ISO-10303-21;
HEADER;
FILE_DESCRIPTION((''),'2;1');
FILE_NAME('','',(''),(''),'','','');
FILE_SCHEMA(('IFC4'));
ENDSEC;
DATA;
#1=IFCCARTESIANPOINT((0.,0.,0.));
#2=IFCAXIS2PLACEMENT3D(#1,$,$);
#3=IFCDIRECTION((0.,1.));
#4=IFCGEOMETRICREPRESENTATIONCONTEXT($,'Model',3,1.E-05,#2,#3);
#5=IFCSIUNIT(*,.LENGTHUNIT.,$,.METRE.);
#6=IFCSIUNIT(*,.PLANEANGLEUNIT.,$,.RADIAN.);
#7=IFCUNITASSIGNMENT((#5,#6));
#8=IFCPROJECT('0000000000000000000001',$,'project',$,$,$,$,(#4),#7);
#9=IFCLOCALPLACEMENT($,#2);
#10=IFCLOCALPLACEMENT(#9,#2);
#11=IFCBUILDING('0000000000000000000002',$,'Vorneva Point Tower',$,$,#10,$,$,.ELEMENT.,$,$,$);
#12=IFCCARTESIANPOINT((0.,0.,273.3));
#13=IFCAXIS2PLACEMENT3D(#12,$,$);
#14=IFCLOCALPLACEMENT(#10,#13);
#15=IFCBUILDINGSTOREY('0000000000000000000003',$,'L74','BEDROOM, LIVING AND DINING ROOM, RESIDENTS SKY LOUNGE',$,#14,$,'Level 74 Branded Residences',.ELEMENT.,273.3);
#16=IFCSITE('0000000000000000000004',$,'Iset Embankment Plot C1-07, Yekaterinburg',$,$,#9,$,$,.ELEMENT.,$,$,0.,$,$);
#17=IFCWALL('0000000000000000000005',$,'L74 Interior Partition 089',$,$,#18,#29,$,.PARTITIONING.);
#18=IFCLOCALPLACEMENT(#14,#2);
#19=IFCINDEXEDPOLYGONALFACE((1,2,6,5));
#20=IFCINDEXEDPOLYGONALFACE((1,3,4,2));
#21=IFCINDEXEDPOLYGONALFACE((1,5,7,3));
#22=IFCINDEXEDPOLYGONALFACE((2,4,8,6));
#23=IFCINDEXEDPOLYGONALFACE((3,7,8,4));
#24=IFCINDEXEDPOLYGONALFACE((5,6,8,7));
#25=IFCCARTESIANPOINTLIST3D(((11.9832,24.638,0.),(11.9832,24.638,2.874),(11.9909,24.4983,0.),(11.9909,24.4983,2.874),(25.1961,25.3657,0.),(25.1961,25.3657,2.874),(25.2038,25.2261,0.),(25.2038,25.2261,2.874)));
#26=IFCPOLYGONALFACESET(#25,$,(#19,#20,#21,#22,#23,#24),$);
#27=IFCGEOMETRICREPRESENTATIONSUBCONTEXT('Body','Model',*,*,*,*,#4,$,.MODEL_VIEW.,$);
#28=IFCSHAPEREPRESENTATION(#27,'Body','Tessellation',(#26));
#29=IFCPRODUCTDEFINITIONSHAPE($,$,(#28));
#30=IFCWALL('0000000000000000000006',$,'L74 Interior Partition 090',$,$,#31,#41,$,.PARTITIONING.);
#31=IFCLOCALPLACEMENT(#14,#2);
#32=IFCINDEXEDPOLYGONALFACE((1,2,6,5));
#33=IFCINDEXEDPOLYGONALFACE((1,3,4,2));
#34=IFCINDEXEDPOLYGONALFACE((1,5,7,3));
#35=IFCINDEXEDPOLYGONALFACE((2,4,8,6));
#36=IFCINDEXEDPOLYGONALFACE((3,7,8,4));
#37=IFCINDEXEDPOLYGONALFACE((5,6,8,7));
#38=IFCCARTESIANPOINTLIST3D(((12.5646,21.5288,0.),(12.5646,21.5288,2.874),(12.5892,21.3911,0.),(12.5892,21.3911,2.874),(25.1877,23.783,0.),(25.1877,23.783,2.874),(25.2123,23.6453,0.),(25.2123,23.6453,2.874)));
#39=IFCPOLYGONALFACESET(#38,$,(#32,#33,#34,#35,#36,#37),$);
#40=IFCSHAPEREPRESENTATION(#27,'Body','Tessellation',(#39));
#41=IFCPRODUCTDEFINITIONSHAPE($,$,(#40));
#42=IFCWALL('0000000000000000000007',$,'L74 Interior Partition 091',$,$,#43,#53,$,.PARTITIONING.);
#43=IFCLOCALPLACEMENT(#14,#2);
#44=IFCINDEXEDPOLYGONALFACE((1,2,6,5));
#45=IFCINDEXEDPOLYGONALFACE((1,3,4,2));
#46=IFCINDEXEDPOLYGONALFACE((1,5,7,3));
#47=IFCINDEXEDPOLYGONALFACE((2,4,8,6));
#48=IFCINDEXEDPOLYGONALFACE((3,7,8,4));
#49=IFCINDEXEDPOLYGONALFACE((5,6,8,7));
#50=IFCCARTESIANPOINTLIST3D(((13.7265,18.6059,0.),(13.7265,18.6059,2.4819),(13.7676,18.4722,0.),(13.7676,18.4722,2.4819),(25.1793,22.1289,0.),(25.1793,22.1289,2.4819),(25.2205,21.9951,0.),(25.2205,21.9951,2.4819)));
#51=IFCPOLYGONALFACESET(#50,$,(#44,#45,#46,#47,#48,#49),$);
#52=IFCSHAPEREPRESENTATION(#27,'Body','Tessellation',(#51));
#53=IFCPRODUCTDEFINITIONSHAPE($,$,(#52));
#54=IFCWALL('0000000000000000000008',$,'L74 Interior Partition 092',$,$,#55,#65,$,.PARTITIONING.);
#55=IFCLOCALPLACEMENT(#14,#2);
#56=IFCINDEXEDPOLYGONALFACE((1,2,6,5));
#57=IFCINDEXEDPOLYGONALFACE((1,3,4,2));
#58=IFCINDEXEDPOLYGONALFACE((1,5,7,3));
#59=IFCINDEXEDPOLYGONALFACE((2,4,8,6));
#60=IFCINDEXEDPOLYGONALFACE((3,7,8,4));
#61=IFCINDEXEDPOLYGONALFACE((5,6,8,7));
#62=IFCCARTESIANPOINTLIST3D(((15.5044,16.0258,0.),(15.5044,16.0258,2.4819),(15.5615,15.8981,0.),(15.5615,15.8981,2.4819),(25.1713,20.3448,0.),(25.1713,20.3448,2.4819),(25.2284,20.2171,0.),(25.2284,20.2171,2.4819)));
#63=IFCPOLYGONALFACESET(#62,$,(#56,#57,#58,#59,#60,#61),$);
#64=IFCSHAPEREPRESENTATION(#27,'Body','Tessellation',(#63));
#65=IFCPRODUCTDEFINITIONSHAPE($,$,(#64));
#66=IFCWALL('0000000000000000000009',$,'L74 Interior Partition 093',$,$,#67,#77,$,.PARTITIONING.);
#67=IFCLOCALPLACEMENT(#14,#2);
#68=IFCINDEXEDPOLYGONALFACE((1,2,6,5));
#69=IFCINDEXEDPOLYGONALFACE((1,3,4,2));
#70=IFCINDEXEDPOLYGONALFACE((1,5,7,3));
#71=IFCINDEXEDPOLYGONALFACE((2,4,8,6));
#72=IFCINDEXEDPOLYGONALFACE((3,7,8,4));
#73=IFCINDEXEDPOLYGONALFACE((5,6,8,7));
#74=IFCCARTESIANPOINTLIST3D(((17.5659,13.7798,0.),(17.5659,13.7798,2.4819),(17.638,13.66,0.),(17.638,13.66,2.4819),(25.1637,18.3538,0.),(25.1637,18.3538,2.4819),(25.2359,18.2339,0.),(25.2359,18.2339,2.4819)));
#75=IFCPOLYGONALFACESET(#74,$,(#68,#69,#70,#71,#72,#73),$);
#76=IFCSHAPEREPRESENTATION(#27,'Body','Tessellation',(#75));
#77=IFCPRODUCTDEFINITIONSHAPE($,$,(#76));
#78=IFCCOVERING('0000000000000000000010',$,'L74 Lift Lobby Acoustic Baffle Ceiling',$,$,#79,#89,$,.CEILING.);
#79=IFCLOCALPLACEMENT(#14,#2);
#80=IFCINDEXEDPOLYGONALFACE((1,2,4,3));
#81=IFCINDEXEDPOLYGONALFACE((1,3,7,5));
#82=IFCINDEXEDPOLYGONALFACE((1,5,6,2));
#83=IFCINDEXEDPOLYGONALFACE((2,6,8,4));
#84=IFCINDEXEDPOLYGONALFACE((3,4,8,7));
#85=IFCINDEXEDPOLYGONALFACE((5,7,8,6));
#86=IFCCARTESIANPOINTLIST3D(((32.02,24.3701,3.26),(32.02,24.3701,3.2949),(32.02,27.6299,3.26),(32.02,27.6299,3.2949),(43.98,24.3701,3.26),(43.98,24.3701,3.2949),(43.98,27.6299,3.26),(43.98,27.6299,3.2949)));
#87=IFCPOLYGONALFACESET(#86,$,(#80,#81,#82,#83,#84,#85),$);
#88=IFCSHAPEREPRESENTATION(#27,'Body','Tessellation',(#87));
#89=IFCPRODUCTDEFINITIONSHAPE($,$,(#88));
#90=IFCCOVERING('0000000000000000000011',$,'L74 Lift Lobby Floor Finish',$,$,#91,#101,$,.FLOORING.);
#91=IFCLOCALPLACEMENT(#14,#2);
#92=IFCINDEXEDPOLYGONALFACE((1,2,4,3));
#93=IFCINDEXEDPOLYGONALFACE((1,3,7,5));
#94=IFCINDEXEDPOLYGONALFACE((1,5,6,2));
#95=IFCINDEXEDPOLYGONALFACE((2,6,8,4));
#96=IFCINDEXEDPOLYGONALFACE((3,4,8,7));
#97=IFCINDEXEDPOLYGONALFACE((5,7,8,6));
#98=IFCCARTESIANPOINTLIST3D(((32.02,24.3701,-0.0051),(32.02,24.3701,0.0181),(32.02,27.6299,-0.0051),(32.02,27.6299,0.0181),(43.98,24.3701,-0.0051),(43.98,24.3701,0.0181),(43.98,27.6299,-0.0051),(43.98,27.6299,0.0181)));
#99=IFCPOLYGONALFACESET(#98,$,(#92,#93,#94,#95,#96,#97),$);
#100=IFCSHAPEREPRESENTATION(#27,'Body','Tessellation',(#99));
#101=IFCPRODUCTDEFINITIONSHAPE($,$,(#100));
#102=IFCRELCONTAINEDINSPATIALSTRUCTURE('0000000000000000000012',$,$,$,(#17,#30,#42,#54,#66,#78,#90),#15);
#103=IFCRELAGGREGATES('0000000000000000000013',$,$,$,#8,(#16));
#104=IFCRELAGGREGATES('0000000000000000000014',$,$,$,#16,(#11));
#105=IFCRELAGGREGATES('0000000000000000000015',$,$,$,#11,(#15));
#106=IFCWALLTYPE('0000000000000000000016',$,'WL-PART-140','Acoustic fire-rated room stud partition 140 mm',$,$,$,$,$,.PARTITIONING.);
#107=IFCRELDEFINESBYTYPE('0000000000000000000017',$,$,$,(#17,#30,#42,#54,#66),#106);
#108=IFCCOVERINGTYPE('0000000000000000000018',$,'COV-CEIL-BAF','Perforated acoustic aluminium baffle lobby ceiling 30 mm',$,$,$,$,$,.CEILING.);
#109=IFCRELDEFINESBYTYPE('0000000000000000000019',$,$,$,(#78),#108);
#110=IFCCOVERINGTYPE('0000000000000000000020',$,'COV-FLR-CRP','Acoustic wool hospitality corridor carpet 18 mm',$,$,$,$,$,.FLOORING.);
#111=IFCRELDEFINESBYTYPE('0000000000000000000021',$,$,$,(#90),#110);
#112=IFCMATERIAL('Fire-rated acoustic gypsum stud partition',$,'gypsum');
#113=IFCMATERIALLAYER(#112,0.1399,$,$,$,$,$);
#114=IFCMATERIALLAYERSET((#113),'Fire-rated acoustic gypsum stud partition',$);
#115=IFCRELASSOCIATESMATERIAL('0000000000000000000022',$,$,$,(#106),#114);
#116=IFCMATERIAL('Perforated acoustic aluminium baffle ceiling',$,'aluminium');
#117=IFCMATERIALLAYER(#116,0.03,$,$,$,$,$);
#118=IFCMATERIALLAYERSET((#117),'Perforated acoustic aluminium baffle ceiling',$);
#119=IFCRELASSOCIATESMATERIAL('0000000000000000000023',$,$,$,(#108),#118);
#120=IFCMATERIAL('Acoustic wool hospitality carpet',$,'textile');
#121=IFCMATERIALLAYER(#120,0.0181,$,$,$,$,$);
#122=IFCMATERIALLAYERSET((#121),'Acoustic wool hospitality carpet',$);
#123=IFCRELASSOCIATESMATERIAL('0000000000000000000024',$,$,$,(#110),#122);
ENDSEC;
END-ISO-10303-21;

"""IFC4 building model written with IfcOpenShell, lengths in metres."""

from ifc_helpers import new_model, si_unit, direction, frame, frame_2d, origin, place, context, subcontext, project, spatial, polyline, rectangle, outline, extrude, material, layer, layer_set, type_object, element, save


model = new_model("IFC4")

# Units and contexts
model_context = context("Model", 3, precision=1e-05, world=origin(), true_north=direction((0.0, 1.0)))
body_context = subcontext(model_context, "Body", "Model", "MODEL_VIEW")
ifc_project = project(units=[si_unit("LENGTHUNIT", "METRE"), si_unit("PLANEANGLEUNIT", "RADIAN")], contexts=[model_context])

# Site, building, storey
site_placement = place(None, origin())
site = spatial("IfcSite", under=ifc_project, at=site_placement, Name="Iset Embankment Plot C1-07, Yekaterinburg", CompositionType="ELEMENT", RefElevation=0.0)
building_placement = place(site_placement, origin())
building = spatial("IfcBuilding", under=site, at=building_placement, Name="Vorneva Point Tower", CompositionType="ELEMENT")
storey_placement = place(building_placement, frame((0.0, 0.0, 273.3)))
storey = spatial("IfcBuildingStorey", under=building, at=storey_placement, Name="L74", Description="BEDROOM, LIVING AND DINING ROOM, RESIDENTS SKY LOUNGE", LongName="Level 74 Branded Residences", CompositionType="ELEMENT", Elevation=273.3)

# Walls
ifc_material_1 = material(Name="Fire-rated acoustic gypsum stud partition", Category="gypsum")
ifc_layer_1 = layer(ifc_material_1, 0.1399)
ifc_layer_set_1 = layer_set([ifc_layer_1], Name="Fire-rated acoustic gypsum stud partition")
wall_type_1 = type_object("IfcWallType", Name="WL-PART-140", Description="Acoustic fire-rated room stud partition 140 mm", PredefinedType="PARTITIONING", material=ifc_layer_set_1)
wall_1_placement = place(storey_placement, frame((11.9871, 24.5681, 0.0), z_axis=(0.0, 0.0, 1.0), x_axis=(0.998486, 0.054998, 0.0)))
element("IfcWall", 1, at=wall_1_placement, inside=storey, type_object=wall_type_1, Name="L74 Interior Partition 089", PredefinedType="PARTITIONING", context=body_context, shape_type="SweptSolid", body=[
    extrude(rectangle(XDim=13.2329, YDim=0.1399, at=frame_2d((6.6165, 0.0))), origin(), (0.0, 0.0, 1.0), 2.874),
])
wall_2_placement = place(storey_placement, frame((12.5769, 21.46, 0.0), z_axis=(0.0, 0.0, 1.0), x_axis=(0.984427, 0.175793, 0.0)))
element("IfcWall", 2, at=wall_2_placement, inside=storey, type_object=wall_type_1, Name="L74 Interior Partition 090", PredefinedType="PARTITIONING", context=body_context, shape_type="SweptSolid", body=[
    extrude(rectangle(XDim=12.8228, YDim=0.1399, at=frame_2d((6.4114, 0.0))), origin(), (0.0, 0.0, 1.0), 2.874),
])
wall_3_placement = place(storey_placement, frame((13.7471, 18.5391, 0.0), z_axis=(0.0, 0.0, 1.0), x_axis=(0.955803, 0.294009, 0.0)))
element("IfcWall", 3, at=wall_3_placement, inside=storey, type_object=wall_type_1, Name="L74 Interior Partition 091", PredefinedType="PARTITIONING", context=body_context, shape_type="SweptSolid", body=[
    extrude(rectangle(XDim=11.9824, YDim=0.1399, at=frame_2d((5.9912, 0.0))), origin(), (0.0, 0.0, 1.0), 2.4819),
])
wall_4_placement = place(storey_placement, frame((15.533, 15.9619, 0.0), z_axis=(0.0, 0.0, 1.0), x_axis=(0.913016, 0.407924, 0.0)))
element("IfcWall", 4, at=wall_4_placement, inside=storey, type_object=wall_type_1, Name="L74 Interior Partition 092", PredefinedType="PARTITIONING", context=body_context, shape_type="SweptSolid", body=[
    extrude(rectangle(XDim=10.5879, YDim=0.1399, at=frame_2d((5.2939, 0.0))), origin(), (0.0, 0.0, 1.0), 2.4819),
])
wall_5_placement = place(storey_placement, frame((17.6021, 13.72, 0.0), z_axis=(0.0, 0.0, 1.0), x_axis=(0.856734, 0.515758, 0.0)))
element("IfcWall", 5, at=wall_5_placement, inside=storey, type_object=wall_type_1, Name="L74 Interior Partition 093", PredefinedType="PARTITIONING", context=body_context, shape_type="SweptSolid", body=[
    extrude(rectangle(XDim=8.8684, YDim=0.1399, at=frame_2d((4.4341, 0.0))), origin(), (0.0, 0.0, 1.0), 2.4819),
])

# Coverings
ifc_material_2 = material(Name="Perforated acoustic aluminium baffle ceiling", Category="aluminium")
ifc_layer_2 = layer(ifc_material_2, 0.03)
ifc_layer_set_2 = layer_set([ifc_layer_2], Name="Perforated acoustic aluminium baffle ceiling")
covering_type_1 = type_object("IfcCoveringType", Name="COV-CEIL-BAF", Description="Perforated acoustic aluminium baffle lobby ceiling 30 mm", PredefinedType="CEILING", material=ifc_layer_set_2)
covering_1_placement = place(storey_placement, frame((0.0, 0.0, 3.26)))
element("IfcCovering", 6, at=covering_1_placement, inside=storey, type_object=covering_type_1, Name="L74 Lift Lobby Acoustic Baffle Ceiling", PredefinedType="CEILING", context=body_context, shape_type="SweptSolid", body=[
    extrude(outline(polyline([(32.02, 24.3701), (43.98, 24.3701), (43.98, 27.6299), (32.02, 27.6299), (32.02, 24.3701)])), origin(), (0.0, 0.0, 1.0), 0.0349),
])
ifc_material_3 = material(Name="Acoustic wool hospitality carpet", Category="textile")
ifc_layer_3 = layer(ifc_material_3, 0.0181)
ifc_layer_set_3 = layer_set([ifc_layer_3], Name="Acoustic wool hospitality carpet")
covering_type_2 = type_object("IfcCoveringType", Name="COV-FLR-CRP", Description="Acoustic wool hospitality corridor carpet 18 mm", PredefinedType="FLOORING", material=ifc_layer_set_3)
covering_2_placement = place(storey_placement, frame((0.0, 0.0, -0.0051)))
element("IfcCovering", 7, at=covering_2_placement, inside=storey, type_object=covering_type_2, Name="L74 Lift Lobby Floor Finish", PredefinedType="FLOORING", context=body_context, shape_type="SweptSolid", body=[
    extrude(outline(polyline([(32.02, 24.3701), (43.98, 24.3701), (43.98, 27.6299), (32.02, 27.6299), (32.02, 24.3701)])), origin(), (0.0, 0.0, 1.0), 0.0232),
])

save(model, "model.ifc")
